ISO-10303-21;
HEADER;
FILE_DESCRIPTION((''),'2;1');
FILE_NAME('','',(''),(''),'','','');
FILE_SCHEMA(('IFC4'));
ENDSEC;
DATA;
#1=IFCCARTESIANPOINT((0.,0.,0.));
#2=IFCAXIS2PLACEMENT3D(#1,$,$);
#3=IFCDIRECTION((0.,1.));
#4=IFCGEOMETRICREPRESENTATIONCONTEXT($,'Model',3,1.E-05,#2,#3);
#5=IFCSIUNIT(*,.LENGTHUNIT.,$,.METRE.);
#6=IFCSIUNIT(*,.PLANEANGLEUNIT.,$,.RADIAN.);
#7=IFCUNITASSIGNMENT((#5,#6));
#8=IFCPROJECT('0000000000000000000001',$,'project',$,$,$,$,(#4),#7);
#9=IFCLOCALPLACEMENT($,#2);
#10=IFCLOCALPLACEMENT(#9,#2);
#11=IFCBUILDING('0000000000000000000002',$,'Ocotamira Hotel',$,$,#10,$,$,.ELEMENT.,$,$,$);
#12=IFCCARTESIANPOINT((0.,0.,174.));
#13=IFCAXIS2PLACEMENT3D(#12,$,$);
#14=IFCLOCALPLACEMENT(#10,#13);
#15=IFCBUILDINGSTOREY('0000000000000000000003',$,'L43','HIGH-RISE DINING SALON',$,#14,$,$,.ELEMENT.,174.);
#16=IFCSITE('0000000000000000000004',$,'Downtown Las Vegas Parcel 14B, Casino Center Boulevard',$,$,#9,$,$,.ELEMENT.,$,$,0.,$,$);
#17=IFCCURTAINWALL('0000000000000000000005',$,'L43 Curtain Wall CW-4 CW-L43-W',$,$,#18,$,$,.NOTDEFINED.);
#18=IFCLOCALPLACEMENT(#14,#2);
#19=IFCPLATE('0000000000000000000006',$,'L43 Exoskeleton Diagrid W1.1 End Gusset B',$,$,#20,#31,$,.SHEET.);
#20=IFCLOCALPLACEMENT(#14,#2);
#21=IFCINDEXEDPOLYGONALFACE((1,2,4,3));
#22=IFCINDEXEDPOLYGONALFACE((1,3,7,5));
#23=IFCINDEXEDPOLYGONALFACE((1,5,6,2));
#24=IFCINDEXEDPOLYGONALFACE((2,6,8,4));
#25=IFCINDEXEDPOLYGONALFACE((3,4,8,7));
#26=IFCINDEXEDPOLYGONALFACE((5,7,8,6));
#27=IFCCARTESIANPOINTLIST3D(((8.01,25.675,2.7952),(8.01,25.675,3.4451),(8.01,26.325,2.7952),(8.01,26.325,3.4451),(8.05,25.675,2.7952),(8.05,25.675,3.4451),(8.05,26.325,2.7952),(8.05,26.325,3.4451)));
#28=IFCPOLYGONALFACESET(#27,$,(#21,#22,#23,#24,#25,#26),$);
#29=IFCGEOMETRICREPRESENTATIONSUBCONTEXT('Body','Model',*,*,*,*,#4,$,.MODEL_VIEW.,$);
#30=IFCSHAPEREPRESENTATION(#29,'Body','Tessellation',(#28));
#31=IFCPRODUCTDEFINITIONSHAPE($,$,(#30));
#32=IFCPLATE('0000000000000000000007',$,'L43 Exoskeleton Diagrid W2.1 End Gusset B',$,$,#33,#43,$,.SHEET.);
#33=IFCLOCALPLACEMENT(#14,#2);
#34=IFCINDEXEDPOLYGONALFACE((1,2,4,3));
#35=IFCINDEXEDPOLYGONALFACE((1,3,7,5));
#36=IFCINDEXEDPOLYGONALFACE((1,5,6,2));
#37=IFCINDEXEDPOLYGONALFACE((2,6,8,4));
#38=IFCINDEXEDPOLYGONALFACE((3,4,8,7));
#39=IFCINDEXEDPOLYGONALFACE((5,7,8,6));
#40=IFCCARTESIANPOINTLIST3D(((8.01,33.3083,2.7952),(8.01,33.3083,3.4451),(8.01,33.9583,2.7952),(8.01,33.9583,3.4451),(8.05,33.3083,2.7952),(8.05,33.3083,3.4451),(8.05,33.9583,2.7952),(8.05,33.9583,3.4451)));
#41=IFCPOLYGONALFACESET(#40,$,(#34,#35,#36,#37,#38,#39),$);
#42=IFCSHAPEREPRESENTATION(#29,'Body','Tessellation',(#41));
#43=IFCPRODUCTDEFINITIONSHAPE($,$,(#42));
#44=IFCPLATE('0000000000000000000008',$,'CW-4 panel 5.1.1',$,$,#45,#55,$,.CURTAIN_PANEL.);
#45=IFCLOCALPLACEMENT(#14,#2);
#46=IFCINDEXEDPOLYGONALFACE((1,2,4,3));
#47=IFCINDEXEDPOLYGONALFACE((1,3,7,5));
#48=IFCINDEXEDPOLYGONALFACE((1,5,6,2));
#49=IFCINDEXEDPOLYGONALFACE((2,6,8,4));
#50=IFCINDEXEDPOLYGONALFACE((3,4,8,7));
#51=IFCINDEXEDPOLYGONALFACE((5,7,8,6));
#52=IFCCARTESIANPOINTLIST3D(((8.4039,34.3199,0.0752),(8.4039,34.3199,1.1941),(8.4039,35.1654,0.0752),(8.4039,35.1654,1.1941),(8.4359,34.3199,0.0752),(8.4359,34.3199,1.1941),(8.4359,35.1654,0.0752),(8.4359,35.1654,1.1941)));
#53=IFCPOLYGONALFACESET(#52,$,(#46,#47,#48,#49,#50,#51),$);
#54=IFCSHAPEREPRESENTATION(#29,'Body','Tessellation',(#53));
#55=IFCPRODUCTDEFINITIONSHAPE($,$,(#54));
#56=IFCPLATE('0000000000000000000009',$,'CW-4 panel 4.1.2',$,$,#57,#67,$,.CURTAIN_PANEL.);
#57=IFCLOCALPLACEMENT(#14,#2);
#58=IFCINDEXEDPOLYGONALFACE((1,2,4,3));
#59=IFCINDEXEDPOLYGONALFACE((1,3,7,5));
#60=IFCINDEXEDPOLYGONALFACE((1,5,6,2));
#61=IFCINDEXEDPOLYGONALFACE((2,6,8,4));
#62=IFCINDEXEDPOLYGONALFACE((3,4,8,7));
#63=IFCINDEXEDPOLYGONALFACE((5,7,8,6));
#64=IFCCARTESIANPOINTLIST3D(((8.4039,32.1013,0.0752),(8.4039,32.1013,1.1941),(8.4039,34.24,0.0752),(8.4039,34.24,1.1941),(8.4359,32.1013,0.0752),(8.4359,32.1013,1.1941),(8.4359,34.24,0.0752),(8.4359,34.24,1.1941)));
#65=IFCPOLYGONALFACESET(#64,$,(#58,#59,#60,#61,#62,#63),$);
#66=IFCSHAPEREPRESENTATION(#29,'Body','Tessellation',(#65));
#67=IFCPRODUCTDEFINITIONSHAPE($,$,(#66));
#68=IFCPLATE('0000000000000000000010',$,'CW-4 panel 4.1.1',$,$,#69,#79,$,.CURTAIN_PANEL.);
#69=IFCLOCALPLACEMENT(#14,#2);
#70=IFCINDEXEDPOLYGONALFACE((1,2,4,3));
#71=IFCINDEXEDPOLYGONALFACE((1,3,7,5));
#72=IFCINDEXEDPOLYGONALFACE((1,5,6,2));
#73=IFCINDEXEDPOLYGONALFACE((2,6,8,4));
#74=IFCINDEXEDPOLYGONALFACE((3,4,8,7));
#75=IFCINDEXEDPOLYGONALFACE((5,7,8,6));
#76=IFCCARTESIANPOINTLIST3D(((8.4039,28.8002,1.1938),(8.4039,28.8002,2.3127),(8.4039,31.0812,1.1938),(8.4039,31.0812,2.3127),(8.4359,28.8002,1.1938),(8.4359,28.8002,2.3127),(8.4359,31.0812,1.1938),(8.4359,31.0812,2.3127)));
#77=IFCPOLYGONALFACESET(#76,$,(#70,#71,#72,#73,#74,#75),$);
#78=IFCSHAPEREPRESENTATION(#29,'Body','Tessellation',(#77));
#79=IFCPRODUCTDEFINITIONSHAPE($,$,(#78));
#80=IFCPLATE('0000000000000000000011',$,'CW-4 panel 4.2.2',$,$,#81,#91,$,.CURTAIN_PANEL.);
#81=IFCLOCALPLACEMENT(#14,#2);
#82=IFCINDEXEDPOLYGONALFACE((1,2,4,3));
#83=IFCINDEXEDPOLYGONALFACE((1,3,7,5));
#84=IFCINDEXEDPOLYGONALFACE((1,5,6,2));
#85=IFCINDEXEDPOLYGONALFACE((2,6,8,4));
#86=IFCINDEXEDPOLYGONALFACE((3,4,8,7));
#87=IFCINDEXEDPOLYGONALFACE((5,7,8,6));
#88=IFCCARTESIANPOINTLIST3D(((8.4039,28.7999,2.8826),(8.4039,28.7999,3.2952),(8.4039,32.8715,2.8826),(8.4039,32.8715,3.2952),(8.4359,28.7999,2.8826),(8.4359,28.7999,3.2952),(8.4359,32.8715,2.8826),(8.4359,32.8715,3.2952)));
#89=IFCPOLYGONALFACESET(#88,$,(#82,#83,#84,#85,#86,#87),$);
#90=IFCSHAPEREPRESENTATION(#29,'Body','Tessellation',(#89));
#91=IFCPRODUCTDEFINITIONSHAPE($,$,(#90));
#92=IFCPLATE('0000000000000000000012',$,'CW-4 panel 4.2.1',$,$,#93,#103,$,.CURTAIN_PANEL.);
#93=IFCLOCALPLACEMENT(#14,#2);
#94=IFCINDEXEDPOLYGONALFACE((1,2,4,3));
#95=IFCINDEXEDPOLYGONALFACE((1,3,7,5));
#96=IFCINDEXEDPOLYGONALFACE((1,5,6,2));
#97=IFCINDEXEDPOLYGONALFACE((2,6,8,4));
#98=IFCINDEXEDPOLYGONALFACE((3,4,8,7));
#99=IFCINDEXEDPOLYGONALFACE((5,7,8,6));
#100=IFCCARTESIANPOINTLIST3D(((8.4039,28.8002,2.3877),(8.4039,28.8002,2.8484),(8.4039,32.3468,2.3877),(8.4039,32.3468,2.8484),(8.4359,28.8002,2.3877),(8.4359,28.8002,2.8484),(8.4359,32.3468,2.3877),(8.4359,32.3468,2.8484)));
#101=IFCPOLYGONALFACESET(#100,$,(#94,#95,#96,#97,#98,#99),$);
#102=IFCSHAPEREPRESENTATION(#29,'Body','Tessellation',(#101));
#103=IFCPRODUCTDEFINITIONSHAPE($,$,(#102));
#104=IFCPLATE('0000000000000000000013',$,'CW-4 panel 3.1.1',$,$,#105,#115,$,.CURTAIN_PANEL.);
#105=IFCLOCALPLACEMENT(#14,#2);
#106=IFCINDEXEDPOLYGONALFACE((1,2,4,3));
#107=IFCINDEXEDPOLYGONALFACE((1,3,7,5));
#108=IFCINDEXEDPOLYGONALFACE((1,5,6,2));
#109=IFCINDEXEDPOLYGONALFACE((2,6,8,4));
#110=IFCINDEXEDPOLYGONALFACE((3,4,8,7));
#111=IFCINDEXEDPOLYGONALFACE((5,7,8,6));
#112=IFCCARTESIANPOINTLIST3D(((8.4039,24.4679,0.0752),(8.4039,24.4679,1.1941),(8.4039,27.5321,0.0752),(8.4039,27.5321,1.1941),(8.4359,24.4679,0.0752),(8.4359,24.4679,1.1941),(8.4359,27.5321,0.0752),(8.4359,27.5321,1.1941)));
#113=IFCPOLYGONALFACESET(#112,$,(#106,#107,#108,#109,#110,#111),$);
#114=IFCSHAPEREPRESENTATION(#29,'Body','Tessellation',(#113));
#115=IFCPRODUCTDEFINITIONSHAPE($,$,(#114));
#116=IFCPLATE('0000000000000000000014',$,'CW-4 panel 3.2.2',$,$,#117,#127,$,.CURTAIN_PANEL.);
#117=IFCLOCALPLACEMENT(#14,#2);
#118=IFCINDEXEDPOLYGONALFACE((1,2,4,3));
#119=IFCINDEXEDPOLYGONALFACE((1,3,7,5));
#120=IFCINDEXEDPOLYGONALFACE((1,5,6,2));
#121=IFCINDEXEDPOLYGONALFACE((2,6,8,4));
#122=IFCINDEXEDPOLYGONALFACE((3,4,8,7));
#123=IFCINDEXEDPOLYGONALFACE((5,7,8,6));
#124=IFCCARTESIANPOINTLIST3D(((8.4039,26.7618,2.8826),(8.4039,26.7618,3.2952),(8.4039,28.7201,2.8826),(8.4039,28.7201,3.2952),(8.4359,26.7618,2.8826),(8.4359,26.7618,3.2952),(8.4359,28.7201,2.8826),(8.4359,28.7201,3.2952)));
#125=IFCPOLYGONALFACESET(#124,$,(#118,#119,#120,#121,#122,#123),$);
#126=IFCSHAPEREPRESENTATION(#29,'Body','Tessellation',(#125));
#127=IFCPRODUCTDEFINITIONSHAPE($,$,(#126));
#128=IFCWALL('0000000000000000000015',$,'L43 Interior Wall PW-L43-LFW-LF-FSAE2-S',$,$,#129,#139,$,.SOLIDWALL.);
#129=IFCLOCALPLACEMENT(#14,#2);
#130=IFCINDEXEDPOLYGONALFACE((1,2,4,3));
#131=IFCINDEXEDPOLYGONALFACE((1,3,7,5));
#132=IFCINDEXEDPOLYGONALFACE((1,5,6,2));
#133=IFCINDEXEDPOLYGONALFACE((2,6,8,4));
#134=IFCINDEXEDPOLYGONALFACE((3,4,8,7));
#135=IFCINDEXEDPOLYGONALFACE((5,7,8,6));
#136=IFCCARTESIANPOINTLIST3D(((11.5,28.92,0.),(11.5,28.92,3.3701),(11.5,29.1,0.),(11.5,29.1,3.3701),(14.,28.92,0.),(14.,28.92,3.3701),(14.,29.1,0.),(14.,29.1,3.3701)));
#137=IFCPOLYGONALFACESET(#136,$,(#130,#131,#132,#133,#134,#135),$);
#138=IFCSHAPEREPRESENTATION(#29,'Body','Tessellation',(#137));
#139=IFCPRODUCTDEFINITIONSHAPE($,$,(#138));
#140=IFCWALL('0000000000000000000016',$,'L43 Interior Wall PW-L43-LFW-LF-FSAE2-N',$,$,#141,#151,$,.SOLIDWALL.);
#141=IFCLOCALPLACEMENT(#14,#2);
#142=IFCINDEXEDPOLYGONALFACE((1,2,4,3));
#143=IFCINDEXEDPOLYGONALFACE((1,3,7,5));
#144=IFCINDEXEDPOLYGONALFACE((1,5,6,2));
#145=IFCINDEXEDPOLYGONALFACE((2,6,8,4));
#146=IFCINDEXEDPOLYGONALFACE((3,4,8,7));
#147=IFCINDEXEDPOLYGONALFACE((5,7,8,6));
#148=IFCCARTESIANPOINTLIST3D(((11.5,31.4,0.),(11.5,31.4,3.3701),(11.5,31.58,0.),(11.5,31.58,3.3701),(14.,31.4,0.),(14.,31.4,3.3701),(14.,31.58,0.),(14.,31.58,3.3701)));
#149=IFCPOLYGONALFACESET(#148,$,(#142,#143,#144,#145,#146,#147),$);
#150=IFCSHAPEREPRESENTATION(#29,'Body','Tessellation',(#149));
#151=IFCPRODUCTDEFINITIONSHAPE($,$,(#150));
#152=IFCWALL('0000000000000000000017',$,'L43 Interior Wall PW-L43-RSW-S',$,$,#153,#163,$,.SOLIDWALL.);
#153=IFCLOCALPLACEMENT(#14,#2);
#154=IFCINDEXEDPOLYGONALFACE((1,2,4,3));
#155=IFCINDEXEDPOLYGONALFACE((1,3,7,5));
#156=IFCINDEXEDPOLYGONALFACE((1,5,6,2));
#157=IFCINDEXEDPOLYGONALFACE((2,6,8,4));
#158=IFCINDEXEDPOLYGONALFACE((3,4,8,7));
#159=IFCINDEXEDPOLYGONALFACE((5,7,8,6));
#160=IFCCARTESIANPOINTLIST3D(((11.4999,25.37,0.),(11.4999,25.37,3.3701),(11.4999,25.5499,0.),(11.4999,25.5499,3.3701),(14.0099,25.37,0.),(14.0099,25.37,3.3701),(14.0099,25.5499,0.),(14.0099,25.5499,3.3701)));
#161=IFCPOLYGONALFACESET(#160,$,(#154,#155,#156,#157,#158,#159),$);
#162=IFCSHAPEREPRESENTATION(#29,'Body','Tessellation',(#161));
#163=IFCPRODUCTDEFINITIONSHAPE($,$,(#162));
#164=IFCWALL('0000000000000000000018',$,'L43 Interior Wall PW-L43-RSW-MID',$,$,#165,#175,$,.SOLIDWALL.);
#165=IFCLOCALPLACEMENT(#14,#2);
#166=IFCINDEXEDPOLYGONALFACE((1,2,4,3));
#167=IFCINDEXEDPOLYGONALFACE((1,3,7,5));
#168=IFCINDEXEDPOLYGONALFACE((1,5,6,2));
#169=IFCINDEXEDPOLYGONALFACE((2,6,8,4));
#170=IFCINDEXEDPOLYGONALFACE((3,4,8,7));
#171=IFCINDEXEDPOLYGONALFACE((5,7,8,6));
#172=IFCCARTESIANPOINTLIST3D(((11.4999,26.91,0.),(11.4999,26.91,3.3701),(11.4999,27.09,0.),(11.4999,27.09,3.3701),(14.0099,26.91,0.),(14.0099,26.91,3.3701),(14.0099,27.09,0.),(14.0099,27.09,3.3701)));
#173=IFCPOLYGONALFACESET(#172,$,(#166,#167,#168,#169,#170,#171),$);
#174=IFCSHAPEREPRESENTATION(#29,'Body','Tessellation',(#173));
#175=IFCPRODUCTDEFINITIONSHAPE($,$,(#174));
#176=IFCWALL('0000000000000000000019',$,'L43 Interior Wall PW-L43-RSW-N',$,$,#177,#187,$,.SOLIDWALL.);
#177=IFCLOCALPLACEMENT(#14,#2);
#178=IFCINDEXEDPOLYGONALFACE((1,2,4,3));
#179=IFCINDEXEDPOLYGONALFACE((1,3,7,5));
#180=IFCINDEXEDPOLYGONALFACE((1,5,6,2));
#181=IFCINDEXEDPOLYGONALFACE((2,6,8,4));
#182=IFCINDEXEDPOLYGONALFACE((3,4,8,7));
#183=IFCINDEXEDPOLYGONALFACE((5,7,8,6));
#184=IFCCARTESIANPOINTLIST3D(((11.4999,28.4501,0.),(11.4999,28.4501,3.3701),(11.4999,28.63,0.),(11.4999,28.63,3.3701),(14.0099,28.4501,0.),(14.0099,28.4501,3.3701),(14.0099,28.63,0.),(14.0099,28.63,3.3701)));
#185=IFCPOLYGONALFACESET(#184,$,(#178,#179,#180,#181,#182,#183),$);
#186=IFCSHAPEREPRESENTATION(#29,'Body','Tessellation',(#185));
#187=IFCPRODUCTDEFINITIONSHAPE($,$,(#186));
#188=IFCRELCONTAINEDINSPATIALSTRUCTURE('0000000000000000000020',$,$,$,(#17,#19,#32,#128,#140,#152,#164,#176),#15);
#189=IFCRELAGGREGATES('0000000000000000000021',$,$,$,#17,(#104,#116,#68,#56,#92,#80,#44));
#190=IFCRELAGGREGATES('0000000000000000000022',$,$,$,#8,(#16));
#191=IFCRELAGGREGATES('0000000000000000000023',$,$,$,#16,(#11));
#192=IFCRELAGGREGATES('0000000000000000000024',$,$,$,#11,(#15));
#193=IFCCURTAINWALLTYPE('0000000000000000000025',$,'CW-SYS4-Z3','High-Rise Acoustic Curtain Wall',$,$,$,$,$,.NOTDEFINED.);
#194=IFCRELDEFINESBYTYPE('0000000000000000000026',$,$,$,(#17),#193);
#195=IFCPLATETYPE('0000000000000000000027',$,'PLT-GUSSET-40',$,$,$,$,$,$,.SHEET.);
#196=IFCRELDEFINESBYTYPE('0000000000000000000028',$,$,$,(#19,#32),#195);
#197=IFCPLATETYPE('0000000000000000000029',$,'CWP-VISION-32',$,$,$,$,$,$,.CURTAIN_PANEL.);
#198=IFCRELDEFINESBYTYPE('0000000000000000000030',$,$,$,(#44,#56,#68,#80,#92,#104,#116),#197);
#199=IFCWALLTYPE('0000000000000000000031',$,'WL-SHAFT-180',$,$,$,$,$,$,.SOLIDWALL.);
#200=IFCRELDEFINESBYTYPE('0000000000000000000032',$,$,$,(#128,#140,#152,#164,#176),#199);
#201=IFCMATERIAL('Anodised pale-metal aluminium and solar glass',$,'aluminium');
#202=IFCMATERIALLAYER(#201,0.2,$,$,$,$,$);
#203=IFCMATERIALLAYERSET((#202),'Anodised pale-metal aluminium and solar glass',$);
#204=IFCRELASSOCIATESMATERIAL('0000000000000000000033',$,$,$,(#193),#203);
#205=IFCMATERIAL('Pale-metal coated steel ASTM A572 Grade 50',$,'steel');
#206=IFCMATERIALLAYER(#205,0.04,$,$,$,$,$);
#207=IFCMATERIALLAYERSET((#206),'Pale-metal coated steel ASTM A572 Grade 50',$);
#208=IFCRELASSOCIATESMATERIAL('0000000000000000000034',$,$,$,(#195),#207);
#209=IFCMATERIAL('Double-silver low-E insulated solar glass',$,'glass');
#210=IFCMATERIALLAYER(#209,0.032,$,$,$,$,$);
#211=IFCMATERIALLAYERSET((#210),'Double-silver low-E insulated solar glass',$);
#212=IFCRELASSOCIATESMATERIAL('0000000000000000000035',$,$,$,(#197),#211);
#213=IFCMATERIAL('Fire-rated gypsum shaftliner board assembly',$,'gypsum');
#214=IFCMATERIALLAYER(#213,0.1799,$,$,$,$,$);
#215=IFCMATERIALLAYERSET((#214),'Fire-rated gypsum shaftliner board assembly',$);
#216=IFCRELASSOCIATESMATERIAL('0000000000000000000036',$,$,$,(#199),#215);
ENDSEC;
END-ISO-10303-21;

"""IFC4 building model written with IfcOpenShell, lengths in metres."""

from ifc_helpers import new_model, si_unit, direction, frame, frame_2d, origin, origin_2d, place, context, subcontext, project, spatial, rectangle, extrude, source, transform, mapped, material, layer, layer_set, type_object, element, aggregate, save


model = new_model("IFC4")

# Units and contexts
model_context = context("Model", 3, precision=1e-05, world=origin(), true_north=direction((0.0, 1.0)))
body_context = subcontext(model_context, "Body", "Model", "MODEL_VIEW")
ifc_project = project(units=[si_unit("LENGTHUNIT", "METRE"), si_unit("PLANEANGLEUNIT", "RADIAN")], contexts=[model_context])

# Site, building, storey
site_placement = place(None, origin())
site = spatial("IfcSite", under=ifc_project, at=site_placement, Name="Downtown Las Vegas Parcel 14B, Casino Center Boulevard", CompositionType="ELEMENT", RefElevation=0.0)
building_placement = place(site_placement, origin())
building = spatial("IfcBuilding", under=site, at=building_placement, Name="Ocotamira Hotel", CompositionType="ELEMENT")
storey_placement = place(building_placement, frame((0.0, 0.0, 174.0)))
storey = spatial("IfcBuildingStorey", under=building, at=storey_placement, Name="L43", Description="HIGH-RISE DINING SALON", CompositionType="ELEMENT", Elevation=174.0)

# Curtain wall
ifc_material_1 = material(Name="Anodised pale-metal aluminium and solar glass", Category="aluminium")
ifc_layer_1 = layer(ifc_material_1, 0.2)
ifc_layer_set_1 = layer_set([ifc_layer_1], Name="Anodised pale-metal aluminium and solar glass")
curtain_wall_type = type_object("IfcCurtainWallType", Name="CW-SYS4-Z3", Description="High-Rise Acoustic Curtain Wall", PredefinedType="NOTDEFINED", material=ifc_layer_set_1)
curtain_wall_placement = place(storey_placement, origin())
curtain_wall = element("IfcCurtainWall", 1, at=curtain_wall_placement, inside=storey, type_object=curtain_wall_type, Name="L43 Curtain Wall CW-4 CW-L43-W", PredefinedType="NOTDEFINED")

# Plates
ifc_material_2 = material(Name="Pale-metal coated steel ASTM A572 Grade 50", Category="steel")
ifc_layer_2 = layer(ifc_material_2, 0.04)
ifc_layer_set_2 = layer_set([ifc_layer_2], Name="Pale-metal coated steel ASTM A572 Grade 50")
plate_type_1 = type_object("IfcPlateType", Name="PLT-GUSSET-40", PredefinedType="SHEET", material=ifc_layer_set_2)
shared_shape_1 = source(origin(), body_context, "Body", "SweptSolid", [
    extrude(rectangle(XDim=0.04, YDim=0.6499, at=origin_2d()), origin(), (0.0, 0.0, 1.0), 0.6499),
])
for number, where, z_axis, x_axis, name in (
    (2, (8.03, 26.0, 2.7952), (0.0, 0.0, 1.0), (1.0, 0.0, 0.0), "L43 Exoskeleton Diagrid W1.1 End Gusset B"),
    (3, (8.03, 33.6333, 2.7952), (0.0, 0.0, 1.0), (1.0, 0.0, 0.0), "L43 Exoskeleton Diagrid W2.1 End Gusset B"),
):
    element("IfcPlate", number, at=place(storey_placement, frame(where, z_axis=z_axis, x_axis=x_axis)), inside=storey, type_object=plate_type_1, Name=name, PredefinedType="SHEET", context=body_context, shape_type="MappedRepresentation", body=[
        mapped(shared_shape_1, transform((0.0, 0.0, 0.0), scale=1.0)),
    ])

# Plates
ifc_material_3 = material(Name="Double-silver low-E insulated solar glass", Category="glass")
ifc_layer_3 = layer(ifc_material_3, 0.032)
ifc_layer_set_3 = layer_set([ifc_layer_3], Name="Double-silver low-E insulated solar glass")
plate_type_2 = type_object("IfcPlateType", Name="CWP-VISION-32", PredefinedType="CURTAIN_PANEL", material=ifc_layer_set_3)
shared_shape_2 = source(origin(), body_context, "Body", "SweptSolid", [
    extrude(rectangle(XDim=0.8455, YDim=0.032, at=origin_2d()), origin(), (0.0, 0.0, 1.0), 1.1189),
])
plate_1_placement = place(storey_placement, frame((8.4199, 34.7427, 0.0752), z_axis=(0.0, 0.0, 1.0), x_axis=(0.0, 1.0, 0.0)))
plate_1 = element("IfcPlate", 4, at=plate_1_placement, type_object=plate_type_2, Name="CW-4 panel 5.1.1", PredefinedType="CURTAIN_PANEL", context=body_context, shape_type="MappedRepresentation", body=[
    mapped(shared_shape_2, transform((0.0, 0.0, 0.0), scale=1.0)),
])
shared_shape_3 = source(origin(), body_context, "Body", "SweptSolid", [
    extrude(rectangle(XDim=2.1387, YDim=0.032, at=origin_2d()), origin(), (0.0, 0.0, 1.0), 1.1189),
])
plate_2_placement = place(storey_placement, frame((8.4199, 33.1707, 0.0752), z_axis=(0.0, 0.0, 1.0), x_axis=(0.0, 1.0, 0.0)))
plate_2 = element("IfcPlate", 5, at=plate_2_placement, type_object=plate_type_2, Name="CW-4 panel 4.1.2", PredefinedType="CURTAIN_PANEL", context=body_context, shape_type="MappedRepresentation", body=[
    mapped(shared_shape_3, transform((0.0, 0.0, 0.0), scale=1.0)),
])
shared_shape_4 = source(origin(), body_context, "Body", "SweptSolid", [
    extrude(rectangle(XDim=2.281, YDim=0.032, at=origin_2d()), origin(), (0.0, 0.0, 1.0), 1.1189),
])
plate_3_placement = place(storey_placement, frame((8.4199, 29.9407, 1.1938), z_axis=(0.0, 0.0, 1.0), x_axis=(0.0, 1.0, 0.0)))
plate_3 = element("IfcPlate", 6, at=plate_3_placement, type_object=plate_type_2, Name="CW-4 panel 4.1.1", PredefinedType="CURTAIN_PANEL", context=body_context, shape_type="MappedRepresentation", body=[
    mapped(shared_shape_4, transform((0.0, 0.0, 0.0), scale=1.0)),
])
shared_shape_5 = source(origin(), body_context, "Body", "SweptSolid", [
    extrude(rectangle(XDim=4.0715, YDim=0.032, at=origin_2d()), origin(), (0.0, 0.0, 1.0), 0.4126),
])
plate_4_placement = place(storey_placement, frame((8.4199, 30.8357, 2.8826), z_axis=(0.0, 0.0, 1.0), x_axis=(0.0, 1.0, 0.0)))
plate_4 = element("IfcPlate", 7, at=plate_4_placement, type_object=plate_type_2, Name="CW-4 panel 4.2.2", PredefinedType="CURTAIN_PANEL", context=body_context, shape_type="MappedRepresentation", body=[
    mapped(shared_shape_5, transform((0.0, 0.0, 0.0), scale=1.0)),
])
shared_shape_6 = source(origin(), body_context, "Body", "SweptSolid", [
    extrude(rectangle(XDim=3.5466, YDim=0.032, at=origin_2d()), origin(), (0.0, 0.0, 1.0), 0.4607),
])
plate_5_placement = place(storey_placement, frame((8.4199, 30.5735, 2.3877), z_axis=(0.0, 0.0, 1.0), x_axis=(0.0, 1.0, 0.0)))
plate_5 = element("IfcPlate", 8, at=plate_5_placement, type_object=plate_type_2, Name="CW-4 panel 4.2.1", PredefinedType="CURTAIN_PANEL", context=body_context, shape_type="MappedRepresentation", body=[
    mapped(shared_shape_6, transform((0.0, 0.0, 0.0), scale=1.0)),
])
shared_shape_7 = source(origin(), body_context, "Body", "SweptSolid", [
    extrude(rectangle(XDim=3.0642, YDim=0.032, at=origin_2d()), origin(), (0.0, 0.0, 1.0), 1.1189),
])
plate_6_placement = place(storey_placement, frame((8.4199, 26.0, 0.0752), z_axis=(0.0, 0.0, 1.0), x_axis=(0.0, 1.0, 0.0)))
plate_6 = element("IfcPlate", 9, at=plate_6_placement, type_object=plate_type_2, Name="CW-4 panel 3.1.1", PredefinedType="CURTAIN_PANEL", context=body_context, shape_type="MappedRepresentation", body=[
    mapped(shared_shape_7, transform((0.0, 0.0, 0.0), scale=1.0)),
])
shared_shape_8 = source(origin(), body_context, "Body", "SweptSolid", [
    extrude(rectangle(XDim=1.9583, YDim=0.032, at=origin_2d()), origin(), (0.0, 0.0, 1.0), 0.4126),
])
plate_7_placement = place(storey_placement, frame((8.4199, 27.741, 2.8826), z_axis=(0.0, 0.0, 1.0), x_axis=(0.0, 1.0, 0.0)))
plate_7 = element("IfcPlate", 10, at=plate_7_placement, type_object=plate_type_2, Name="CW-4 panel 3.2.2", PredefinedType="CURTAIN_PANEL", context=body_context, shape_type="MappedRepresentation", body=[
    mapped(shared_shape_8, transform((0.0, 0.0, 0.0), scale=1.0)),
])
aggregate(curtain_wall, [plate_6, plate_7, plate_3, plate_2, plate_5, plate_4, plate_1])

# Walls
ifc_material_4 = material(Name="Fire-rated gypsum shaftliner board assembly", Category="gypsum")
ifc_layer_4 = layer(ifc_material_4, 0.1799)
ifc_layer_set_4 = layer_set([ifc_layer_4], Name="Fire-rated gypsum shaftliner board assembly")
wall_type_1 = type_object("IfcWallType", Name="WL-SHAFT-180", PredefinedType="SOLIDWALL", material=ifc_layer_set_4)
for number, where, z_axis, x_axis, name in (
    (11, (11.5, 29.01, 0.0), (0.0, 0.0, 1.0), (1.0, 0.0, 0.0), "L43 Interior Wall PW-L43-LFW-LF-FSAE2-S"),
    (12, (11.5, 31.49, 0.0), (0.0, 0.0, 1.0), (1.0, 0.0, 0.0), "L43 Interior Wall PW-L43-LFW-LF-FSAE2-N"),
):
    element("IfcWall", number, at=place(storey_placement, frame(where, z_axis=z_axis, x_axis=x_axis)), inside=storey, type_object=wall_type_1, Name=name, PredefinedType="SOLIDWALL", context=body_context, shape_type="SweptSolid", body=[
        extrude(rectangle(XDim=2.5, YDim=0.1799, at=frame_2d((1.25, 0.0))), origin(), (0.0, 0.0, 1.0), 3.3701),
    ])
for number, where, z_axis, x_axis, name in (
    (13, (11.5, 25.46, 0.0), (0.0, 0.0, 1.0), (1.0, 0.0, 0.0), "L43 Interior Wall PW-L43-RSW-S"),
    (14, (11.5, 27.0, 0.0), (0.0, 0.0, 1.0), (1.0, 0.0, 0.0), "L43 Interior Wall PW-L43-RSW-MID"),
    (15, (11.5, 28.54, 0.0), (0.0, 0.0, 1.0), (1.0, 0.0, 0.0), "L43 Interior Wall PW-L43-RSW-N"),
):
    element("IfcWall", number, at=place(storey_placement, frame(where, z_axis=z_axis, x_axis=x_axis)), inside=storey, type_object=wall_type_1, Name=name, PredefinedType="SOLIDWALL", context=body_context, shape_type="SweptSolid", body=[
        extrude(rectangle(XDim=2.51, YDim=0.1799, at=frame_2d((1.2549, 0.0))), origin(), (0.0, 0.0, 1.0), 3.3701),
    ])

save(model, "model.ifc")
